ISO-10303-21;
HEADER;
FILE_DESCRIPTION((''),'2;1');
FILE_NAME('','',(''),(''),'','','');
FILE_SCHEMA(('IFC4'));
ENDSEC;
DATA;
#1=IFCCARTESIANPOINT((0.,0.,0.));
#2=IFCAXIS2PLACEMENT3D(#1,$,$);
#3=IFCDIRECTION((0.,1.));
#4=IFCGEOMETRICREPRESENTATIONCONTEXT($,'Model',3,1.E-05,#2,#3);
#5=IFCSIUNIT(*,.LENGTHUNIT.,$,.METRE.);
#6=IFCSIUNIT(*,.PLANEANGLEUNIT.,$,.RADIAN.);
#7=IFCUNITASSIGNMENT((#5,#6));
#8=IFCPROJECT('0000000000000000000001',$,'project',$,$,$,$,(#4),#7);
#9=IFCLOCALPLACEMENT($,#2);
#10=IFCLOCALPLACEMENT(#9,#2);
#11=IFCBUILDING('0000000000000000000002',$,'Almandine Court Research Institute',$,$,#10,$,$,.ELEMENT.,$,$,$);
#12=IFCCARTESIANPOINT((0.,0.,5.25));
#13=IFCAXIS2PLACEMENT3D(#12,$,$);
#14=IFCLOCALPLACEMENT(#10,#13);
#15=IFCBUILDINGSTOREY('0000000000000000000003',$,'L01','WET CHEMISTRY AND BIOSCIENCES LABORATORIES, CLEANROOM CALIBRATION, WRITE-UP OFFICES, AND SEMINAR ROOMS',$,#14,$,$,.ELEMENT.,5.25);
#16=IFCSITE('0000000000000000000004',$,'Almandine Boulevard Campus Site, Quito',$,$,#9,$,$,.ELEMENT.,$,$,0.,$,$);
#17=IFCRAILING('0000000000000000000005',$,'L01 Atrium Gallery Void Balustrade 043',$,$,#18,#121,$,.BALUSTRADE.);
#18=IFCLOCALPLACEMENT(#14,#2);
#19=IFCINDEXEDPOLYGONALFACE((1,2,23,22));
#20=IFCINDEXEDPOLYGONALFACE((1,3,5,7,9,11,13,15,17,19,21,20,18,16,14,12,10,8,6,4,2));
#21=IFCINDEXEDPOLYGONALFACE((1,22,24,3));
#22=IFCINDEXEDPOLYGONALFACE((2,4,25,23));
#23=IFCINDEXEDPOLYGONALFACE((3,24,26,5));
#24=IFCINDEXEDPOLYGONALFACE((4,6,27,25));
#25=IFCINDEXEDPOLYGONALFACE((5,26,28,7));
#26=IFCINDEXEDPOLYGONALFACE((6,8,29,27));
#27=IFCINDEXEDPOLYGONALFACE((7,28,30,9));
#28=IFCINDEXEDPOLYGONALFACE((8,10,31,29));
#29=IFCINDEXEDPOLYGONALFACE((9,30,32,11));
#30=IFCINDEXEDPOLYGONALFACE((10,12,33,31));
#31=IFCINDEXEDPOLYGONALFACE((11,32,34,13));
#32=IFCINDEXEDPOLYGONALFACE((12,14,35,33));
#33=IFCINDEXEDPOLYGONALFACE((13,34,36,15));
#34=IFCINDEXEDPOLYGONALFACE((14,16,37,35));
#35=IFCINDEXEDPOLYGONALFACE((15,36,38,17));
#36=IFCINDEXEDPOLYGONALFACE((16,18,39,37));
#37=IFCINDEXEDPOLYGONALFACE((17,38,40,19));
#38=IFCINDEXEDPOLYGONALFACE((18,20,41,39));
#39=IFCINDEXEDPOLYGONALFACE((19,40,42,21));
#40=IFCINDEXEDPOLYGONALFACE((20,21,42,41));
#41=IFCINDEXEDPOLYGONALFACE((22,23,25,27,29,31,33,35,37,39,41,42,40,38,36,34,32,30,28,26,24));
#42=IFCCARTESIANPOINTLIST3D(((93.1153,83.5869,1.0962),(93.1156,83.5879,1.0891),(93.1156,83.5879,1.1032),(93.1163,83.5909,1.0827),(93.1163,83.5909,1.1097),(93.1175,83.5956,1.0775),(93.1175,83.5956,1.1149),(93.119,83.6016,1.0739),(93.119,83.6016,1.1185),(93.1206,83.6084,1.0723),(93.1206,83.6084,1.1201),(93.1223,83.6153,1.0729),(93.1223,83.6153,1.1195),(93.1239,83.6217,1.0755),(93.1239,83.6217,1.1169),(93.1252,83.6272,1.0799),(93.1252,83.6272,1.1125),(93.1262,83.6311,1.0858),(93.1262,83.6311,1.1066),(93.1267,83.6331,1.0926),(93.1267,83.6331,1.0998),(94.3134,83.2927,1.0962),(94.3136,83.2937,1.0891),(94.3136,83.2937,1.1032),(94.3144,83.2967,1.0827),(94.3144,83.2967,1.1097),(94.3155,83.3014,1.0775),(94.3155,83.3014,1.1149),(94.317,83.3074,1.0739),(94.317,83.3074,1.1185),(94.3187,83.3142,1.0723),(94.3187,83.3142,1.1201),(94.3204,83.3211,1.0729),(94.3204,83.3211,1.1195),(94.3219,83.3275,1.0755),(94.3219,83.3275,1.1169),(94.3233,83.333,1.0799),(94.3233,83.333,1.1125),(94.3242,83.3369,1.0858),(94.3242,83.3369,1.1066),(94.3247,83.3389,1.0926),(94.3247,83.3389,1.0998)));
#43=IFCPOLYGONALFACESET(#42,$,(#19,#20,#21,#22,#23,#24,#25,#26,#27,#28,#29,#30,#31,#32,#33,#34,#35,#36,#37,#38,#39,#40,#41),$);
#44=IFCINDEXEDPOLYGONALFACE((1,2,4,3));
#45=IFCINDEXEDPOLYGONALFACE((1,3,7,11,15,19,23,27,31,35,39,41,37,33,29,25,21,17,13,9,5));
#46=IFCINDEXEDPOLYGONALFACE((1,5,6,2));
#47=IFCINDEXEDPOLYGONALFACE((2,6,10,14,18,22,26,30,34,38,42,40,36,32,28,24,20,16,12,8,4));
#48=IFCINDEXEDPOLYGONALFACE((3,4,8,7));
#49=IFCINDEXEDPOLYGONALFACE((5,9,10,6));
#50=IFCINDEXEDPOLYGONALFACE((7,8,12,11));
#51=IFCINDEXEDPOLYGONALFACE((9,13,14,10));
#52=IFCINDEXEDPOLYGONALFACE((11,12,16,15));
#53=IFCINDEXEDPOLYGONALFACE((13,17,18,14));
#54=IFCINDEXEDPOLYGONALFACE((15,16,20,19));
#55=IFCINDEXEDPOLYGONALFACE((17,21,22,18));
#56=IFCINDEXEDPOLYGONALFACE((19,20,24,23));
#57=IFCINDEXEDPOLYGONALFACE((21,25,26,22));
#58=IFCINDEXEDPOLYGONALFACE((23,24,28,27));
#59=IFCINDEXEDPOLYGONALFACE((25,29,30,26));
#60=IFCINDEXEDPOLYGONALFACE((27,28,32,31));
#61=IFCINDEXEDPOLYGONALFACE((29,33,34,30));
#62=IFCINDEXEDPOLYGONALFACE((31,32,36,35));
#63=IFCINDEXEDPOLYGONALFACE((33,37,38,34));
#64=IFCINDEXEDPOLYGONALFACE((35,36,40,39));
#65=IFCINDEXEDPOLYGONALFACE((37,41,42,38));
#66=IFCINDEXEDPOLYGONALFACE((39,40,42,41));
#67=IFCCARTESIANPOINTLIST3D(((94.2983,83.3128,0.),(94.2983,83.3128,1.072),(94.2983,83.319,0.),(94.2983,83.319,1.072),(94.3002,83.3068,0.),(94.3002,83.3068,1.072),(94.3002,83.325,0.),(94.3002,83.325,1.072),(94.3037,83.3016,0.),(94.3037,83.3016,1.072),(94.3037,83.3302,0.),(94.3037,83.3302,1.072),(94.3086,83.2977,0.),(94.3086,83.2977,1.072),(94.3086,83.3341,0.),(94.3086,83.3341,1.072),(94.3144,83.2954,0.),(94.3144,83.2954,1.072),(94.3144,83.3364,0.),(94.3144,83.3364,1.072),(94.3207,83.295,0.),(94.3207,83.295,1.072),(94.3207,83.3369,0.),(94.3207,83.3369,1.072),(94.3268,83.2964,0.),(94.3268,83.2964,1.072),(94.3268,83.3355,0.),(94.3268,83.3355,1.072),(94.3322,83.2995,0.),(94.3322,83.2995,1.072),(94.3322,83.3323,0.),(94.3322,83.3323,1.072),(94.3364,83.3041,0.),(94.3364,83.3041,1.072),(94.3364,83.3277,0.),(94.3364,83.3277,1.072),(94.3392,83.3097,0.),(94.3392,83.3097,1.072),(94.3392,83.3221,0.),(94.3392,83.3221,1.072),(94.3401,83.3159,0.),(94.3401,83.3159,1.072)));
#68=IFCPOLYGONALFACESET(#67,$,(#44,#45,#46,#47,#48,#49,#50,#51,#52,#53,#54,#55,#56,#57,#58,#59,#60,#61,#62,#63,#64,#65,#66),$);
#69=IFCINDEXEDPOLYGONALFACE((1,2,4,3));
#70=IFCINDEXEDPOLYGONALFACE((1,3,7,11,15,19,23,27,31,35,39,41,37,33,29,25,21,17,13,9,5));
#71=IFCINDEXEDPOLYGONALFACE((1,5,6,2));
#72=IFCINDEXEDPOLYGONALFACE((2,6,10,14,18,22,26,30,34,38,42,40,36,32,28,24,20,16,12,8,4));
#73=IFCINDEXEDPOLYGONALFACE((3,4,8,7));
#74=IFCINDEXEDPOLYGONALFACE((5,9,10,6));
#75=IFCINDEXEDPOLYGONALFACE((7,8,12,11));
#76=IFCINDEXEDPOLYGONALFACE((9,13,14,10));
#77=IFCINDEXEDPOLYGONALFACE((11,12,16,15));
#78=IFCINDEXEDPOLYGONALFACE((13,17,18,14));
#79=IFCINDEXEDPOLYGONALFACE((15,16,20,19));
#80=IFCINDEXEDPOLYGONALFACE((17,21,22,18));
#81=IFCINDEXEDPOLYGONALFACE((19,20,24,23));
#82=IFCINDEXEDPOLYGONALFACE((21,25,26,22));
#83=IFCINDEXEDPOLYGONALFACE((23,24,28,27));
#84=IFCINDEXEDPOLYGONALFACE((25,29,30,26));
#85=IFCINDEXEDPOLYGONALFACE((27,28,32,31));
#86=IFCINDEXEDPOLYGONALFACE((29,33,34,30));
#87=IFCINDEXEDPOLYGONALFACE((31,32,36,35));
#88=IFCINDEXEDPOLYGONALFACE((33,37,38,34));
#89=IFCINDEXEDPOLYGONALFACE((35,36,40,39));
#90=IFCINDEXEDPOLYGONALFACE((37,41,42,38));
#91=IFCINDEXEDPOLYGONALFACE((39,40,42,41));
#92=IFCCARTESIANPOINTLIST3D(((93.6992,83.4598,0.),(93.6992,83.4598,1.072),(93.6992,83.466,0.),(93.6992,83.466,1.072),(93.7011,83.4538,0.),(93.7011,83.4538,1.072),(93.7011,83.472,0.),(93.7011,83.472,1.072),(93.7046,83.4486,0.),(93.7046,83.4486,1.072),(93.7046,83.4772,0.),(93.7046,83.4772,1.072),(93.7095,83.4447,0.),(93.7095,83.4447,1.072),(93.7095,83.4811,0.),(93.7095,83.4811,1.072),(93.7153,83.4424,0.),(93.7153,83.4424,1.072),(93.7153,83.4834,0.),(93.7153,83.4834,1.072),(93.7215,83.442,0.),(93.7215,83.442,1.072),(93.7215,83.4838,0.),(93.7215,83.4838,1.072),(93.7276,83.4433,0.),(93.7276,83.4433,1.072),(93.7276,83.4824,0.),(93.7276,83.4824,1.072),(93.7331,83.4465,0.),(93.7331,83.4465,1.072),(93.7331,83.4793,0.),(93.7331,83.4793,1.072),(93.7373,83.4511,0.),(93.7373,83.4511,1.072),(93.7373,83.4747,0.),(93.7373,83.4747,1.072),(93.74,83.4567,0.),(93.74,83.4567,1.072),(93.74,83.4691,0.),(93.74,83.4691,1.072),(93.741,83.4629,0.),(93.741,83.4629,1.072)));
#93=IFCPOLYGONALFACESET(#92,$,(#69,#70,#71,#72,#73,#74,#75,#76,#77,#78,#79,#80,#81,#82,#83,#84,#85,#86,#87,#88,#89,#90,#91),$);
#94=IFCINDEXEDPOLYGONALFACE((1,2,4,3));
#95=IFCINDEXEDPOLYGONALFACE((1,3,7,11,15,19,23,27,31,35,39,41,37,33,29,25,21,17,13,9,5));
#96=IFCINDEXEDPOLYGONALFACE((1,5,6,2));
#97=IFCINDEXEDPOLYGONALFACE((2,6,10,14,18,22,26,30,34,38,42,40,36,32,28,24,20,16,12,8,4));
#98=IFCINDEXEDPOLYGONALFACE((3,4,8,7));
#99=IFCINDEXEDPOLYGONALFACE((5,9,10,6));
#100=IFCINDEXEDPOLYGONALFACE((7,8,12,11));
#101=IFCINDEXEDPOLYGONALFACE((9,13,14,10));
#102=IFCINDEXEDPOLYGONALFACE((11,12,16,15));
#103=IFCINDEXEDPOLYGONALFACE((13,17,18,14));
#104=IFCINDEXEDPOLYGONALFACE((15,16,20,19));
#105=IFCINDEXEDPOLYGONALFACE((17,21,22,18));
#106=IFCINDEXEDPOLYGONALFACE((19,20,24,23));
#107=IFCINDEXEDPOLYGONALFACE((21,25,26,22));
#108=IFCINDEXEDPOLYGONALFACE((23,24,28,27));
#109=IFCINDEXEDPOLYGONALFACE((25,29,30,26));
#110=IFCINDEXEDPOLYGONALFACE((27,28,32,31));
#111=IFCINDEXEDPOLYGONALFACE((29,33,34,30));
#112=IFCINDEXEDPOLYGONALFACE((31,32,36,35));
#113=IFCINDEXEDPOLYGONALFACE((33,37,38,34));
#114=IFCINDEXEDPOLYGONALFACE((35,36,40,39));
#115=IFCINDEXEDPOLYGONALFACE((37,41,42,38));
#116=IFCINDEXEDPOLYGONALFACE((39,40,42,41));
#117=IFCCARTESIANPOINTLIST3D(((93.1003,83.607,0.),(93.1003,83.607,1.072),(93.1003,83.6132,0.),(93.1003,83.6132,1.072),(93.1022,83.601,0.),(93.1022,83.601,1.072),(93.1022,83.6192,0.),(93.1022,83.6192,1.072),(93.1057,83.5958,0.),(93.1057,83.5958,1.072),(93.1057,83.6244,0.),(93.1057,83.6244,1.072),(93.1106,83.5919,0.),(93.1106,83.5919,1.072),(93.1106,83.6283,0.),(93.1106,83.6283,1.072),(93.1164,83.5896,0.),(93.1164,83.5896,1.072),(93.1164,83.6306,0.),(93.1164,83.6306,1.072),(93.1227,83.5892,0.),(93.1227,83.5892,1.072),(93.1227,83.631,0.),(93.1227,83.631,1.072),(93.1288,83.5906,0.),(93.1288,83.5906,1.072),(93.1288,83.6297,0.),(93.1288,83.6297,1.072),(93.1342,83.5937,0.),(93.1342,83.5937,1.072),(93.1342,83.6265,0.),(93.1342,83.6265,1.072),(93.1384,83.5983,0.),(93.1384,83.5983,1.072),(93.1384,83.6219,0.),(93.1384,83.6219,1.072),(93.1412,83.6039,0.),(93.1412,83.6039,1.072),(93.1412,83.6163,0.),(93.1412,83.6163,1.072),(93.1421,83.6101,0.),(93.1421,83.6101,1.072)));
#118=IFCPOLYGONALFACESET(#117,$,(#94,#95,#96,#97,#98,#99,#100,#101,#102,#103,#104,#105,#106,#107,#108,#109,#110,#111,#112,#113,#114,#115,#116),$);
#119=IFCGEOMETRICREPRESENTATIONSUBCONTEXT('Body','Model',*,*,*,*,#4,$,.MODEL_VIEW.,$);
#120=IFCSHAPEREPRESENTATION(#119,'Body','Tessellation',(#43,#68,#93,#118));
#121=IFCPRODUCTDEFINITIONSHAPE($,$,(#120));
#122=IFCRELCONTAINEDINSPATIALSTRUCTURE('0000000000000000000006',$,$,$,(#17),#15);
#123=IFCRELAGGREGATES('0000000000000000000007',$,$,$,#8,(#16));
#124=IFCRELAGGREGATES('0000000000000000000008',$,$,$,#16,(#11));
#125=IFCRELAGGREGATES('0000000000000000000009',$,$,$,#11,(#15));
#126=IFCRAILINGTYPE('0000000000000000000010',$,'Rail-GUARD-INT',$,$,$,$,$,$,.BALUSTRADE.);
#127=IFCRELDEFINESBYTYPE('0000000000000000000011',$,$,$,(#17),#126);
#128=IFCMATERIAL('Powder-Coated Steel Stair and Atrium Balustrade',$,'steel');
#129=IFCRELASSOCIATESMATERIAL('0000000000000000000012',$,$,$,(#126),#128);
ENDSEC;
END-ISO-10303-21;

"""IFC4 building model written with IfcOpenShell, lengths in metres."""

from ifc_helpers import new_model, si_unit, direction, frame, origin, origin_2d, place, context, subcontext, project, spatial, circle, extrude, material, type_object, element, save


model = new_model("IFC4")

# Units and contexts
model_context = context("Model", 3, precision=1e-05, world=origin(), true_north=direction((0.0, 1.0)))
body_context = subcontext(model_context, "Body", "Model", "MODEL_VIEW")
ifc_project = project(units=[si_unit("LENGTHUNIT", "METRE"), si_unit("PLANEANGLEUNIT", "RADIAN")], contexts=[model_context])

# Site, building, storey
site_placement = place(None, origin())
site = spatial("IfcSite", under=ifc_project, at=site_placement, Name="Almandine Boulevard Campus Site, Quito", CompositionType="ELEMENT", RefElevation=0.0)
building_placement = place(site_placement, origin())
building = spatial("IfcBuilding", under=site, at=building_placement, Name="Almandine Court Research Institute", CompositionType="ELEMENT")
storey_placement = place(building_placement, frame((0.0, 0.0, 5.25)))
storey = spatial("IfcBuildingStorey", under=building, at=storey_placement, Name="L01", Description="WET CHEMISTRY AND BIOSCIENCES LABORATORIES, CLEANROOM CALIBRATION, WRITE-UP OFFICES, AND SEMINAR ROOMS", CompositionType="ELEMENT", Elevation=5.25)

# Railing
ifc_material_1 = material(Name="Powder-Coated Steel Stair and Atrium Balustrade", Category="steel")
railing_type = type_object("IfcRailingType", Name="Rail-GUARD-INT", PredefinedType="BALUSTRADE", material=ifc_material_1)
railing_1_placement = place(storey_placement, frame((94.3191, 83.3159, 0.0)))
element("IfcRailing", 1, at=railing_1_placement, inside=storey, type_object=railing_type, Name="L01 Atrium Gallery Void Balustrade 043", PredefinedType="BALUSTRADE", context=body_context, shape_type="SweptSolid", body=[
    extrude(circle(Radius=0.0239, at=origin_2d()), frame((0.0, 0.0, 1.0962), z_axis=(-0.971147, 0.238482, 0.0), x_axis=(-0.238482, -0.971147, 0.0)), (0.0, 0.0, 1.0), 1.2336),
    extrude(circle(Radius=0.021, at=origin_2d()), origin(), (0.0, 0.0, 1.0), 1.072),
    extrude(circle(Radius=0.021, at=origin_2d()), frame((-0.5991, 0.147, 0.0)), (0.0, 0.0, 1.0), 1.072),
    extrude(circle(Radius=0.021, at=origin_2d()), frame((-1.198, 0.2942, 0.0)), (0.0, 0.0, 1.0), 1.072),
])

save(model, "model.ifc")
